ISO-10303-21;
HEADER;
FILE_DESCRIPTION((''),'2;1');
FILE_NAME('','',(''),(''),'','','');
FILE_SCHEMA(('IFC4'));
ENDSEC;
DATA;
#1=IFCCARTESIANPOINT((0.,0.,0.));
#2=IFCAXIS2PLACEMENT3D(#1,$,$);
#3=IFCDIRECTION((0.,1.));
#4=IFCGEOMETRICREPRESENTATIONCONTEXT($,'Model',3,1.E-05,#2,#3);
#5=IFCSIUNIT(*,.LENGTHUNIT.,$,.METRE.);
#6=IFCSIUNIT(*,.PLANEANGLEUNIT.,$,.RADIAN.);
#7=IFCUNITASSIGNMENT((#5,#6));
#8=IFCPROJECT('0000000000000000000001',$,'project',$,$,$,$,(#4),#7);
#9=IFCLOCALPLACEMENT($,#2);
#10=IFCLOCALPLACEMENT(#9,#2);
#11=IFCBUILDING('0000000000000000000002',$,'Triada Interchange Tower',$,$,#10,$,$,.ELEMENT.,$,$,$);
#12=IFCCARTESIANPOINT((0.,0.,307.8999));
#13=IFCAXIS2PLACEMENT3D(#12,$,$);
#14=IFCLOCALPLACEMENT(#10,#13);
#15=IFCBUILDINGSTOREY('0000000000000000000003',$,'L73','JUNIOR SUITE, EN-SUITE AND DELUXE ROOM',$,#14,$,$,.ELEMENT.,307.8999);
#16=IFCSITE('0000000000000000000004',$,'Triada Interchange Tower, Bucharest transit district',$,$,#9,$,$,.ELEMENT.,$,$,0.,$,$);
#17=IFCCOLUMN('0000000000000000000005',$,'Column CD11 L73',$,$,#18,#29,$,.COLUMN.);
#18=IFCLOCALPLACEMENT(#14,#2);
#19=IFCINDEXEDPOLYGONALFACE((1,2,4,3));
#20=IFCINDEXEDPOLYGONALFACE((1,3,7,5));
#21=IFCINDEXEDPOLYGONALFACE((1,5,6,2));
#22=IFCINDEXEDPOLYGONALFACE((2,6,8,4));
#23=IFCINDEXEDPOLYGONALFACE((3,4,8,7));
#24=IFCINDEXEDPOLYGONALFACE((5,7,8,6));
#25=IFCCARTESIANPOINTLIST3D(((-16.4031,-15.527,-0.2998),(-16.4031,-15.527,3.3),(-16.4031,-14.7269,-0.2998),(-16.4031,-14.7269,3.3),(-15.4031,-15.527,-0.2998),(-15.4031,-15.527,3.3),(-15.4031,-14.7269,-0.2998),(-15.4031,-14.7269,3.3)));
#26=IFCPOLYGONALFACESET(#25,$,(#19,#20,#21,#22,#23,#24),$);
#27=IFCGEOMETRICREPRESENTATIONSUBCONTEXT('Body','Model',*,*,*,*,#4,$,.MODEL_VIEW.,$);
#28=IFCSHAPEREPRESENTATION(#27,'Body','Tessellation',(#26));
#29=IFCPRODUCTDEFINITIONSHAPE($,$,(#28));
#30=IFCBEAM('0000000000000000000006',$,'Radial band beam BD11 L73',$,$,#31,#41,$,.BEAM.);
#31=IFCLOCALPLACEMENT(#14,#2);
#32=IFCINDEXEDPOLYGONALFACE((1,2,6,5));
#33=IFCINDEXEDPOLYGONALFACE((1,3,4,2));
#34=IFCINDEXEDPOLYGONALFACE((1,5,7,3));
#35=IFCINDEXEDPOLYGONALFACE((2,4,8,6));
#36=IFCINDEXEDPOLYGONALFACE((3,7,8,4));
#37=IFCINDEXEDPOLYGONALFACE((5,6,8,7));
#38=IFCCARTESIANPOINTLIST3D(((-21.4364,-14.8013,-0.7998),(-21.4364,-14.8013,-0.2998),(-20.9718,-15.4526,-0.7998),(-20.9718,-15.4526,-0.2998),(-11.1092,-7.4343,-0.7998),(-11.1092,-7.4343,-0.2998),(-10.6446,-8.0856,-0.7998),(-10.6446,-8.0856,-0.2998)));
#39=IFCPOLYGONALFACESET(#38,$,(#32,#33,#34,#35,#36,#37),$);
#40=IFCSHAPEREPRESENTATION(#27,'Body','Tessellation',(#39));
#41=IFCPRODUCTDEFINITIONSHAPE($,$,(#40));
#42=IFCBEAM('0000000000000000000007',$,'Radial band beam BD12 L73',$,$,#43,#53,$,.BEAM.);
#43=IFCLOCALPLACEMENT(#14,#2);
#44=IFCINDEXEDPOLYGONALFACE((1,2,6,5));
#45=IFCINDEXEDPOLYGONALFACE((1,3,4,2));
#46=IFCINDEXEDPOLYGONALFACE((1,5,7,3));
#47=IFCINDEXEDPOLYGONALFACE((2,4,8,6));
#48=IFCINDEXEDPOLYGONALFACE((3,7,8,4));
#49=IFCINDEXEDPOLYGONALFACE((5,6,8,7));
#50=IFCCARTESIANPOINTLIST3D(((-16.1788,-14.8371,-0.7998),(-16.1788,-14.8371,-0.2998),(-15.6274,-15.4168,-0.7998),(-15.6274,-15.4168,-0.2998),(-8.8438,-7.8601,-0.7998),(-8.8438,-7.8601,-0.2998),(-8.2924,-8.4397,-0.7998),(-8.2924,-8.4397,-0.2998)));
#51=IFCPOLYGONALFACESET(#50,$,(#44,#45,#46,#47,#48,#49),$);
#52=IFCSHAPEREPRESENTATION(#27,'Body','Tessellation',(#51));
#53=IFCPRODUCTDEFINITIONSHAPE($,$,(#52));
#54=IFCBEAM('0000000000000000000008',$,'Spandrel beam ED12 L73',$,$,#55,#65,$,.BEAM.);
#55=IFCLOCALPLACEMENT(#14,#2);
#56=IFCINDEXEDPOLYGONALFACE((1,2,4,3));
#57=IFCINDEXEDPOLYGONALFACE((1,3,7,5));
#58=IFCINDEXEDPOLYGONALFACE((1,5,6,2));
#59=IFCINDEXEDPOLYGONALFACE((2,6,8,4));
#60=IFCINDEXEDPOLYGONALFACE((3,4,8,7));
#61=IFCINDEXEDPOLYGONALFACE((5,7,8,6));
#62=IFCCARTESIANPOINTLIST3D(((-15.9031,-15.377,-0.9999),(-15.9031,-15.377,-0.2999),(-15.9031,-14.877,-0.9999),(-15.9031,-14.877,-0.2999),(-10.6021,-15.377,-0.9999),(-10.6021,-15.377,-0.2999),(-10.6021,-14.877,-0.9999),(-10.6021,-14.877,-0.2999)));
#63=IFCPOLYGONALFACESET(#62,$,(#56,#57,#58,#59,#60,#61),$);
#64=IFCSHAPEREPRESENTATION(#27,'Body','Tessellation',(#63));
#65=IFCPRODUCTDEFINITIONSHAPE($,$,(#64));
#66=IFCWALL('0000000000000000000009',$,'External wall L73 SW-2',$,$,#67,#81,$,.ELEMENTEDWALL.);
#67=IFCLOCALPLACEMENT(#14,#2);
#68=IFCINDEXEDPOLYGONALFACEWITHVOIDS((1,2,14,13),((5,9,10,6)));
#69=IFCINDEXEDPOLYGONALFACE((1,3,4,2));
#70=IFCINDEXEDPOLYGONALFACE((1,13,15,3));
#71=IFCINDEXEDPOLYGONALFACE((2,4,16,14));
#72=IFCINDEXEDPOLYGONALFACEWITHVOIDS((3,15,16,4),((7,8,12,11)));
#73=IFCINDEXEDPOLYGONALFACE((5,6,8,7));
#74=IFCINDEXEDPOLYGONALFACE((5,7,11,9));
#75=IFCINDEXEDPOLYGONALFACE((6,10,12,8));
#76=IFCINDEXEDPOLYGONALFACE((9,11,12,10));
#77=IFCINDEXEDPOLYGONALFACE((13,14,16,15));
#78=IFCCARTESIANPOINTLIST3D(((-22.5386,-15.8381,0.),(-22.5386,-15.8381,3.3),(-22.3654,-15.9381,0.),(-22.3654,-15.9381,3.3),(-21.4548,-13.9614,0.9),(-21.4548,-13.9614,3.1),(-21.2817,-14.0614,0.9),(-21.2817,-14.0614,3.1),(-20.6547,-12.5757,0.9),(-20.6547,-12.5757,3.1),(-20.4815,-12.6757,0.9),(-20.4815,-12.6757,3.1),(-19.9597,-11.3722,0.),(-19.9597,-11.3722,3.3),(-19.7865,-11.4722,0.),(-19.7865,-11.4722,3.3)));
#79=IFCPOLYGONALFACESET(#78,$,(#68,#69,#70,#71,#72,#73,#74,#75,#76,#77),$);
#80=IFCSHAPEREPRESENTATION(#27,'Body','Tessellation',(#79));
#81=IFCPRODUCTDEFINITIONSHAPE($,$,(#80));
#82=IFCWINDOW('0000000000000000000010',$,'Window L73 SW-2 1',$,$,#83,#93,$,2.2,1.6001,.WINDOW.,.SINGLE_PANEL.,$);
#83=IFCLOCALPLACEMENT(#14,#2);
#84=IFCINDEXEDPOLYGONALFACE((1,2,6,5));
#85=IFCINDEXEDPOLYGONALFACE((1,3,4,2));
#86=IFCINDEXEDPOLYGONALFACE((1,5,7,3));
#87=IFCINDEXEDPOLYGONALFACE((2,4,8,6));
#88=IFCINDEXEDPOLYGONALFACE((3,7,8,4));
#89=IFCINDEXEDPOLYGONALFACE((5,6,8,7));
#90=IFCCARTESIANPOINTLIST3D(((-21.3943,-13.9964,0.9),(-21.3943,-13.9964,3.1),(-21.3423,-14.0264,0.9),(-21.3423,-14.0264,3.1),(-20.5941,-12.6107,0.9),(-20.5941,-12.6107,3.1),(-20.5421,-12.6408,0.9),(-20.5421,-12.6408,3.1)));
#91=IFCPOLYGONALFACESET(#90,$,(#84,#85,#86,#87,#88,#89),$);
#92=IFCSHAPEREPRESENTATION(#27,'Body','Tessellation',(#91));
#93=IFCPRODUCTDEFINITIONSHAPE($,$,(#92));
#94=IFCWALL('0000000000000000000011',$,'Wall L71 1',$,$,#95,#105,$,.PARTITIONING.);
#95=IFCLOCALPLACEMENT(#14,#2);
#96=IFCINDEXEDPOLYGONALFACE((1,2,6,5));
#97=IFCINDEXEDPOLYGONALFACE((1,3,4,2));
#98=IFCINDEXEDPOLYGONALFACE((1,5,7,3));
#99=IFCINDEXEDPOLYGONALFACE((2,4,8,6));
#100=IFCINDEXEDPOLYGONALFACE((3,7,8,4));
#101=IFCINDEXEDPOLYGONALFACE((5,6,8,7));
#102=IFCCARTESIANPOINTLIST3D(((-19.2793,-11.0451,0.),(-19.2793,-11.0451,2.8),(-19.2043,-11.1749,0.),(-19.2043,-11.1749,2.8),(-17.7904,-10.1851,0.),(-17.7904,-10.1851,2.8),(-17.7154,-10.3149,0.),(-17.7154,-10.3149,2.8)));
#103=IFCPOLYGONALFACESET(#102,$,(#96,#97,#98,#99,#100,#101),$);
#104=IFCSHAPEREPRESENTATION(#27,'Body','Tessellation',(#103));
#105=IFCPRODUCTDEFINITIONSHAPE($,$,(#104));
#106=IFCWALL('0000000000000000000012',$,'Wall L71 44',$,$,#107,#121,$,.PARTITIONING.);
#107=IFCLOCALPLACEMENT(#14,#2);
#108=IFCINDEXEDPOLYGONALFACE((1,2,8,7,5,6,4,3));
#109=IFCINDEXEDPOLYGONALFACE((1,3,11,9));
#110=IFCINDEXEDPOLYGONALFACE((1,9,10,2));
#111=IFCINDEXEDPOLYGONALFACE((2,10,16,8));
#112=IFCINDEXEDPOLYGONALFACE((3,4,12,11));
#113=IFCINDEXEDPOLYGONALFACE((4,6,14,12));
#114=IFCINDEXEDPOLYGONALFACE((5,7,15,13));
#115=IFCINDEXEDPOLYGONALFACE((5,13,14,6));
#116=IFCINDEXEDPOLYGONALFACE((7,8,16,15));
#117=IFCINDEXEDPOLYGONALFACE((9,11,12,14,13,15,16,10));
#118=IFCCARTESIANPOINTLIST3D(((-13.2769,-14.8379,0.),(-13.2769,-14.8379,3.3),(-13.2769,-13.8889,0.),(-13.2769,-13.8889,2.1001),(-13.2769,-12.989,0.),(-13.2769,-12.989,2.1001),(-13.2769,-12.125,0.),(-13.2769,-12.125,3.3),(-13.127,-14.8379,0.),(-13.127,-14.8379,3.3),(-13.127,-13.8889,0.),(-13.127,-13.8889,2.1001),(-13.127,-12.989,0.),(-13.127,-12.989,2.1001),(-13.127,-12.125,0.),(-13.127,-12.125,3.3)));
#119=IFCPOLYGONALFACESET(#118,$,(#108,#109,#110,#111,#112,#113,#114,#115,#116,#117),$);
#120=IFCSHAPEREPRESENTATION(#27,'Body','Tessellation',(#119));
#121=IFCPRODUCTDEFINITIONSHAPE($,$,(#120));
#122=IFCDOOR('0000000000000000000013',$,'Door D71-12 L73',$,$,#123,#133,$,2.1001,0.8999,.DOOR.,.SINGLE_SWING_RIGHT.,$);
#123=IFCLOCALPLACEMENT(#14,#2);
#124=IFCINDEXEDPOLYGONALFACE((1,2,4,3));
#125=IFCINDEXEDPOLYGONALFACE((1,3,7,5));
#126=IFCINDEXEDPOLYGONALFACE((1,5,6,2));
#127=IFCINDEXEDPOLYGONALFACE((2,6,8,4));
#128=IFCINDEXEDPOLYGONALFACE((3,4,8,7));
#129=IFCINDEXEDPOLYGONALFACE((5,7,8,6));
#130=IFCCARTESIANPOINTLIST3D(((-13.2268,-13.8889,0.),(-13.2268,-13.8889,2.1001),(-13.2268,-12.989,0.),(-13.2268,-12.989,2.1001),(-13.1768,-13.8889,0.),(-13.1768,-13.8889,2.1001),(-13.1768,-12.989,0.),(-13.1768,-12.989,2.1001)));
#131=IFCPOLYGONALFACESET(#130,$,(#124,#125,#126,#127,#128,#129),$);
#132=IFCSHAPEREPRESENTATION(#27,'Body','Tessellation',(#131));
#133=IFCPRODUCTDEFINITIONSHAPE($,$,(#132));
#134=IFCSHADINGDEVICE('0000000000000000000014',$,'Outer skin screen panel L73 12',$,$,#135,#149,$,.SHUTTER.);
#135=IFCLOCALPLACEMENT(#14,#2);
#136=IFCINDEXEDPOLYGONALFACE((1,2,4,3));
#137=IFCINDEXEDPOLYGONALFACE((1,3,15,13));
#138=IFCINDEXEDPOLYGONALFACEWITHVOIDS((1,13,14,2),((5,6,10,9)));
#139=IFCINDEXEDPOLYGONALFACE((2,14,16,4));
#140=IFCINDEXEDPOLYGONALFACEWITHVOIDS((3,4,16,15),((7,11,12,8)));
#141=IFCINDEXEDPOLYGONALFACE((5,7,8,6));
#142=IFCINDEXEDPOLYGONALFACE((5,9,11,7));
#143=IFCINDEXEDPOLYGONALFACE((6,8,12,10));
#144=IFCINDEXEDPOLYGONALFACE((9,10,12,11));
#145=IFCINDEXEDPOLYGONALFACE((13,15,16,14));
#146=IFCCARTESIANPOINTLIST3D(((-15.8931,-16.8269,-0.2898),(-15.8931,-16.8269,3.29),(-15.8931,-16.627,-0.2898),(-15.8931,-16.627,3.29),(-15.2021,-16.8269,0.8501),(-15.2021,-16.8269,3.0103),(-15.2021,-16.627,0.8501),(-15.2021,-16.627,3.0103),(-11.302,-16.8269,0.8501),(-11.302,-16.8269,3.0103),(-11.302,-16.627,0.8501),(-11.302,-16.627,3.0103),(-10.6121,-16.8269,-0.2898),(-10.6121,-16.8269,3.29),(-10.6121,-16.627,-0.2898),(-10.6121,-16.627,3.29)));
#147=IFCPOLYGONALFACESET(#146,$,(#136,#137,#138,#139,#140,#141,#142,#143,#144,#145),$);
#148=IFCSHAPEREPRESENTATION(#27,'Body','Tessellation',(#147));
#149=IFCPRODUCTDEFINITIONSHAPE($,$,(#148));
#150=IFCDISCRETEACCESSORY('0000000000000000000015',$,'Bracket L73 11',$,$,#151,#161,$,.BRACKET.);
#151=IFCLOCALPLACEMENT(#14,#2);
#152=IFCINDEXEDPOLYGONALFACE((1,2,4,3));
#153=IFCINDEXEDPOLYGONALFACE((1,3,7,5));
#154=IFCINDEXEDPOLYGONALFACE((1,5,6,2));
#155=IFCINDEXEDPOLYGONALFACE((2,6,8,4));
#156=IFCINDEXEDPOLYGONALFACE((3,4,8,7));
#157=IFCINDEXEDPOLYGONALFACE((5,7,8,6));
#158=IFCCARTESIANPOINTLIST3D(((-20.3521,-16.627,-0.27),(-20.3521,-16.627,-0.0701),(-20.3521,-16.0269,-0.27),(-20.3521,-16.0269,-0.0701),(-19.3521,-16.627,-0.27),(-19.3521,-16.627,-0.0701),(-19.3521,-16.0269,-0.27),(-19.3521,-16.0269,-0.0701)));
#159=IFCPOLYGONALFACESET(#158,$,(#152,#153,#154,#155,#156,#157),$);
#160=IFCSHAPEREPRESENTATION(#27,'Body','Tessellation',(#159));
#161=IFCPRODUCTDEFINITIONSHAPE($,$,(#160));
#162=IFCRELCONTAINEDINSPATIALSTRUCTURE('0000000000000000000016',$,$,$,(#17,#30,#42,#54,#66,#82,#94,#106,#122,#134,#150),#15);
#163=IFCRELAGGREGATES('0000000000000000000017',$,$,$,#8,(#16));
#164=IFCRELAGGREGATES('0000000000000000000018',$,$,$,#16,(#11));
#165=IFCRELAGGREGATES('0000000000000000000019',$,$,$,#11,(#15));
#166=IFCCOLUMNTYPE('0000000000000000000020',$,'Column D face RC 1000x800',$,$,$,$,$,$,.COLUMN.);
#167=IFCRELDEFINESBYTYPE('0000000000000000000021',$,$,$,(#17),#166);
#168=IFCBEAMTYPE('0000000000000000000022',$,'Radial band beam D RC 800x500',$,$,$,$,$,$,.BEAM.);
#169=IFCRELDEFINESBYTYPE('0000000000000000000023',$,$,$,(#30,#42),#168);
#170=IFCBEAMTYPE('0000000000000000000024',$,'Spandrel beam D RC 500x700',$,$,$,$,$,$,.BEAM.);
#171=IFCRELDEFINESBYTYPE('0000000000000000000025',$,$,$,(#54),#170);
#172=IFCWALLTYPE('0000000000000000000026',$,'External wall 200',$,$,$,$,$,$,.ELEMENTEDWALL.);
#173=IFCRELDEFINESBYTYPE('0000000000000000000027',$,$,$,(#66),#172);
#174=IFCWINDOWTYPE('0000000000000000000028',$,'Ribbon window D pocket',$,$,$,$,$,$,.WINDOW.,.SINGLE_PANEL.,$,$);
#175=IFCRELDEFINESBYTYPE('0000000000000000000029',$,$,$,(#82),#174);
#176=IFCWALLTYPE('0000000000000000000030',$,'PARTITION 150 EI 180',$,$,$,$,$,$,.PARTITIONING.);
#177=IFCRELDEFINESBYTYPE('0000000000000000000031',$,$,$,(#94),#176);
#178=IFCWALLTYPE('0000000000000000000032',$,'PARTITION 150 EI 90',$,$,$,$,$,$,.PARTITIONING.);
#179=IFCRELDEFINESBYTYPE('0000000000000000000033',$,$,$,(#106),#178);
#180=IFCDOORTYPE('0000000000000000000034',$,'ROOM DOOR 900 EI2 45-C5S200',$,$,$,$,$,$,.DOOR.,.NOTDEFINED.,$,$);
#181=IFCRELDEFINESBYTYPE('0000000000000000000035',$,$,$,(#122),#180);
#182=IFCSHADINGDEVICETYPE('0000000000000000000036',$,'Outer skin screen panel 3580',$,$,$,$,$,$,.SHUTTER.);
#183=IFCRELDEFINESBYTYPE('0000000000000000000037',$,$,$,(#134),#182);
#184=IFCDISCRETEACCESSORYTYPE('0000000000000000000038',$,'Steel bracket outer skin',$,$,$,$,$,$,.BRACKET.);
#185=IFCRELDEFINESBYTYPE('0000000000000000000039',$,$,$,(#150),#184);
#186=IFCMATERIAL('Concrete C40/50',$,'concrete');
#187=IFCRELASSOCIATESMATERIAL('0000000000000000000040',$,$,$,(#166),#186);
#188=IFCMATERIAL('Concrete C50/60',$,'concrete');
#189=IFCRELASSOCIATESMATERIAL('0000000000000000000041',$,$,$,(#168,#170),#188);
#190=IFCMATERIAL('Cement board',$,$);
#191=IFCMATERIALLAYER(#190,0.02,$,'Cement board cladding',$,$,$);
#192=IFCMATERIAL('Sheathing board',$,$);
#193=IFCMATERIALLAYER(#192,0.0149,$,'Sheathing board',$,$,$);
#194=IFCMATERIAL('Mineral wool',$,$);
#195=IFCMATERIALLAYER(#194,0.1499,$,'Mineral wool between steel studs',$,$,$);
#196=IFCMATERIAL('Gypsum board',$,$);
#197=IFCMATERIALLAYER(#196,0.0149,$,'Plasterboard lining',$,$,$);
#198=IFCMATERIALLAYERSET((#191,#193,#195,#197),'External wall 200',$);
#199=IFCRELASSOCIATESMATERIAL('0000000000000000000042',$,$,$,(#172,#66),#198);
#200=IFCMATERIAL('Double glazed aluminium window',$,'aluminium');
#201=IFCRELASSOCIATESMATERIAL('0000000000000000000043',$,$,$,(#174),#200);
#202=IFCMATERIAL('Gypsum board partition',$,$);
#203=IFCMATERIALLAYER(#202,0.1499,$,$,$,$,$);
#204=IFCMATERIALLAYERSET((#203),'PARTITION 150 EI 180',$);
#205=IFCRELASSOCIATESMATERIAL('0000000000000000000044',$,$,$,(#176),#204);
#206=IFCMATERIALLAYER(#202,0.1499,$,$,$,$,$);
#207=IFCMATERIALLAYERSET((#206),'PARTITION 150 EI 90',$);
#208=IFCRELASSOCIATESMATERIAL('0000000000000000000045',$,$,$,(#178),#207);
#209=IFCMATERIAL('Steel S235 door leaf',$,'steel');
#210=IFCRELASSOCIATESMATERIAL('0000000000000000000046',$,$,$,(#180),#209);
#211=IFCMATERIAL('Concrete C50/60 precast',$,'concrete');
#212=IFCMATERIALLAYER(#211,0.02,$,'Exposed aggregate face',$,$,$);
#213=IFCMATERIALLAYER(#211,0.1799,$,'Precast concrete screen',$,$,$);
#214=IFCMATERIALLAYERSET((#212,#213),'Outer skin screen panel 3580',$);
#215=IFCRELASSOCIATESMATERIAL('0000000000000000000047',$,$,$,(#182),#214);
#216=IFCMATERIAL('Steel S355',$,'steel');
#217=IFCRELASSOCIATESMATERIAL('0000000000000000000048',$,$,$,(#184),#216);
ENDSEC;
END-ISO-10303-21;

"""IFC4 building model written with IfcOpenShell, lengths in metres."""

from ifc_helpers import new_model, si_unit, direction, frame, frame_2d, origin, origin_2d, place, context, subcontext, project, spatial, polyline, rectangle, outline, extrude, material, layer, layer_set, layer_usage, material_profile, profile_set, type_object, element, fill, save


model = new_model("IFC4")

# Units and contexts
model_context = context("Model", 3, precision=1e-05, world=origin(), true_north=direction((0.0, 1.0)))
body_context = subcontext(model_context, "Body", "Model", "MODEL_VIEW")
ifc_project = project(units=[si_unit("LENGTHUNIT", "METRE"), si_unit("PLANEANGLEUNIT", "RADIAN")], contexts=[model_context])

# Site, building, storey
site_placement = place(None, origin())
site = spatial("IfcSite", under=ifc_project, at=site_placement, Name="Triada Interchange Tower, Bucharest transit district", CompositionType="ELEMENT", RefElevation=0.0)
building_placement = place(site_placement, origin())
building = spatial("IfcBuilding", under=site, at=building_placement, Name="Triada Interchange Tower", CompositionType="ELEMENT")
storey_placement = place(building_placement, frame((0.0, 0.0, 307.8999)))
storey = spatial("IfcBuildingStorey", under=building, at=storey_placement, Name="L73", Description="JUNIOR SUITE, EN-SUITE AND DELUXE ROOM", CompositionType="ELEMENT", Elevation=307.8999)

# Column
ifc_material_1 = material(Name="Concrete C40/50", Category="concrete")
ifc_material_profile_1 = material_profile(ifc_material_1, rectangle(XDim=1.0, YDim=0.8, at=origin_2d()), Name="RC 1000x800")
ifc_profile_set_1 = profile_set([ifc_material_profile_1], Name="Concrete C40/50")
column_type = type_object("IfcColumnType", Name="Column D face RC 1000x800", PredefinedType="COLUMN", material=ifc_profile_set_1)
column_placement = place(storey_placement, frame((-15.9031, -15.127, -0.2998), z_axis=(0.0, 0.0, 1.0), x_axis=(1.0, 0.0, 0.0)))
element("IfcColumn", 1, at=column_placement, inside=storey, type_object=column_type, Name="Column CD11 L73", PredefinedType="COLUMN", context=body_context, shape_type="SweptSolid", body=[
    extrude(rectangle(XDim=1.0, YDim=0.8, at=origin_2d()), origin(), (0.0, 0.0, 1.0), 3.5999),
])

# Beams
ifc_material_2 = material(Name="Concrete C50/60", Category="concrete")
ifc_material_profile_2 = material_profile(ifc_material_2, rectangle(XDim=0.8, YDim=0.5, at=origin_2d()), Name="RC 800x500")
ifc_profile_set_2 = profile_set([ifc_material_profile_2], Name="Concrete C50/60")
beam_type_1 = type_object("IfcBeamType", Name="Radial band beam D RC 800x500", PredefinedType="BEAM", material=ifc_profile_set_2)
beam_1_placement = place(storey_placement, frame((-21.2041, -15.127, -0.5498), z_axis=(0.814091, 0.580737, 0.0), x_axis=(-0.580737, 0.814091, 0.0)))
element("IfcBeam", 2, at=beam_1_placement, inside=storey, type_object=beam_type_1, Name="Radial band beam BD11 L73", PredefinedType="BEAM", context=body_context, shape_type="SweptSolid", body=[
    extrude(rectangle(XDim=0.8, YDim=0.5, at=origin_2d()), origin(), (0.0, 0.0, 1.0), 12.6855),
])
beam_2_placement = place(storey_placement, frame((-15.9031, -15.127, -0.5498), z_axis=(0.724563, 0.689208, 0.0), x_axis=(-0.689208, 0.724563, 0.0)))
element("IfcBeam", 3, at=beam_2_placement, inside=storey, type_object=beam_type_1, Name="Radial band beam BD12 L73", PredefinedType="BEAM", context=body_context, shape_type="SweptSolid", body=[
    extrude(rectangle(XDim=0.8, YDim=0.5, at=origin_2d()), origin(), (0.0, 0.0, 1.0), 10.1233),
])
ifc_material_profile_3 = material_profile(ifc_material_2, rectangle(XDim=0.5, YDim=0.7, at=origin_2d()), Name="RC 500x700")
ifc_profile_set_3 = profile_set([ifc_material_profile_3], Name="Concrete C50/60")
beam_type_2 = type_object("IfcBeamType", Name="Spandrel beam D RC 500x700", PredefinedType="BEAM", material=ifc_profile_set_3)
beam_3_placement = place(storey_placement, frame((-15.9031, -15.127, -0.6499), z_axis=(1.0, 0.0, 0.0), x_axis=(0.0, 1.0, 0.0)))
element("IfcBeam", 4, at=beam_3_placement, inside=storey, type_object=beam_type_2, Name="Spandrel beam ED12 L73", PredefinedType="BEAM", context=body_context, shape_type="SweptSolid", body=[
    extrude(rectangle(XDim=0.5, YDim=0.7, at=origin_2d()), origin(), (0.0, 0.0, 1.0), 5.301),
])

# Wall, opening, window
ifc_material_3 = material(Name="Cement board")
ifc_layer_1 = layer(ifc_material_3, 0.02, Name="Cement board cladding")
ifc_material_4 = material(Name="Sheathing board")
ifc_layer_2 = layer(ifc_material_4, 0.0149, Name="Sheathing board")
ifc_material_5 = material(Name="Mineral wool")
ifc_layer_3 = layer(ifc_material_5, 0.1499, Name="Mineral wool between steel studs")
ifc_material_6 = material(Name="Gypsum board")
ifc_layer_4 = layer(ifc_material_6, 0.0149, Name="Plasterboard lining")
ifc_layer_set_1 = layer_set([ifc_layer_1, ifc_layer_2, ifc_layer_3, ifc_layer_4], Name="External wall 200")
ifc_layer_usage = layer_usage(ifc_layer_set_1, "AXIS2", "POSITIVE", -0.1001)
wall_type_1 = type_object("IfcWallType", Name="External wall 200", PredefinedType="ELEMENTEDWALL", material=ifc_layer_set_1)
wall_1_placement = place(storey_placement, frame((-19.873, -11.4221, 0.0), z_axis=(0.0, 0.0, 1.0), x_axis=(-0.500075, -0.865982, 0.0)))
wall_1 = element("IfcWall", 5, at=wall_1_placement, inside=storey, type_object=wall_type_1, material=ifc_layer_usage, Name="External wall L73 SW-2", PredefinedType="ELEMENTEDWALL", context=body_context, shape_type="SweptSolid", body=[
    extrude(rectangle(XDim=5.157, YDim=0.2, at=frame_2d((2.5786, 0.0))), origin(), (0.0, 0.0, 1.0), 3.3),
])
opening_1_placement = place(wall_1_placement, frame((1.3899, 0.0, 0.8999)))
opening_1 = element("IfcOpeningElement", 6, at=opening_1_placement, cuts=wall_1, PredefinedType="OPENING", context=body_context, shape_type="SweptSolid", body=[
    extrude(rectangle(XDim=1.6001, YDim=2.2, at=frame_2d((0.8, 1.1001))), frame((0.0, 0.1099, 0.0), z_axis=(0.0, -1.0, 0.0), x_axis=(1.0, 0.0, 0.0)), (0.0, 0.0, 1.0), 0.22),
])
ifc_material_7 = material(Name="Double glazed aluminium window", Category="aluminium")
window_type = type_object("IfcWindowType", Name="Ribbon window D pocket", PartitioningType="SINGLE_PANEL", PredefinedType="WINDOW", material=ifc_material_7)
window_placement = place(opening_1_placement, origin())
window = element("IfcWindow", 7, at=window_placement, inside=storey, type_object=window_type, Name="Window L73 SW-2 1", OverallHeight=2.2, OverallWidth=1.6001, PartitioningType="SINGLE_PANEL", PredefinedType="WINDOW", context=body_context, shape_type="SweptSolid", body=[
    extrude(rectangle(XDim=1.6001, YDim=2.2, at=frame_2d((0.8, 1.1001))), frame((0.0, 0.03, 0.0), z_axis=(0.0, -1.0, 0.0), x_axis=(1.0, 0.0, 0.0)), (0.0, 0.0, 1.0), 0.0601),
])
fill(opening_1, window)

# Wall
ifc_material_8 = material(Name="Gypsum board partition")
ifc_layer_5 = layer(ifc_material_8, 0.1499)
ifc_layer_set_2 = layer_set([ifc_layer_5], Name="PARTITION 150 EI 180")
wall_type_2 = type_object("IfcWallType", Name="PARTITION 150 EI 180", PredefinedType="PARTITIONING", material=ifc_layer_set_2)
wall_2_placement = place(storey_placement, frame((-19.2419, -11.1101, 0.0), z_axis=(0.0, 0.0, 1.0), x_axis=(0.865918, 0.500185, 0.0)))
element("IfcWall", 8, at=wall_2_placement, inside=storey, type_object=wall_type_2, Name="Wall L71 1", PredefinedType="PARTITIONING", context=body_context, shape_type="SweptSolid", body=[
    extrude(rectangle(XDim=1.7195, YDim=0.1499, at=frame_2d((0.8599, 0.0))), origin(), (0.0, 0.0, 1.0), 2.8),
])

# Wall, opening, door
ifc_layer_6 = layer(ifc_material_8, 0.1499)
ifc_layer_set_3 = layer_set([ifc_layer_6], Name="PARTITION 150 EI 90")
wall_type_3 = type_object("IfcWallType", Name="PARTITION 150 EI 90", PredefinedType="PARTITIONING", material=ifc_layer_set_3)
wall_3_placement = place(storey_placement, frame((-13.2019, -14.8379, 0.0), z_axis=(0.0, 0.0, 1.0), x_axis=(0.0, 1.0, 0.0)))
wall_3 = element("IfcWall", 9, at=wall_3_placement, inside=storey, type_object=wall_type_3, Name="Wall L71 44", PredefinedType="PARTITIONING", context=body_context, shape_type="SweptSolid", body=[
    extrude(rectangle(XDim=2.7129, YDim=0.1499, at=frame_2d((1.3564, 0.0))), origin(), (0.0, 0.0, 1.0), 3.3),
])
opening_2_placement = place(wall_3_placement, frame((0.949, 0.0, 0.0)))
opening_2 = element("IfcOpeningElement", 10, at=opening_2_placement, cuts=wall_3, PredefinedType="OPENING", context=body_context, shape_type="SweptSolid", body=[
    extrude(rectangle(XDim=0.8999, YDim=2.1001, at=frame_2d((0.45, 1.05))), frame((0.0, 0.085, 0.0), z_axis=(0.0, -1.0, 0.0), x_axis=(1.0, 0.0, 0.0)), (0.0, 0.0, 1.0), 0.1699),
])
ifc_material_9 = material(Name="Steel S235 door leaf", Category="steel")
door_type = type_object("IfcDoorType", Name="ROOM DOOR 900 EI2 45-C5S200", OperationType="NOTDEFINED", PredefinedType="DOOR", material=ifc_material_9)
door_placement = place(opening_2_placement, origin())
door = element("IfcDoor", 11, at=door_placement, inside=storey, type_object=door_type, Name="Door D71-12 L73", OperationType="SINGLE_SWING_RIGHT", OverallHeight=2.1001, OverallWidth=0.8999, PredefinedType="DOOR", context=body_context, shape_type="SweptSolid", body=[
    extrude(rectangle(XDim=0.8999, YDim=2.1001, at=frame_2d((0.45, 1.05))), frame((0.0, 0.0249, 0.0), z_axis=(0.0, -1.0, 0.0), x_axis=(1.0, 0.0, 0.0)), (0.0, 0.0, 1.0), 0.05),
])
fill(opening_2, door)

# Shading device
ifc_material_10 = material(Name="Concrete C50/60 precast", Category="concrete")
ifc_layer_7 = layer(ifc_material_10, 0.02, Name="Exposed aggregate face")
ifc_layer_8 = layer(ifc_material_10, 0.1799, Name="Precast concrete screen")
ifc_layer_set_4 = layer_set([ifc_layer_7, ifc_layer_8], Name="Outer skin screen panel 3580")
shading_device_type = type_object("IfcShadingDeviceType", Name="Outer skin screen panel 3580", PredefinedType="SHUTTER", material=ifc_layer_set_4)
shading_device_placement = place(storey_placement, frame((-15.8931, -16.627, -0.2898), z_axis=(0.0, 0.0, 1.0), x_axis=(1.0, 0.0, 0.0)))
element("IfcShadingDevice", 12, at=shading_device_placement, inside=storey, type_object=shading_device_type, Name="Outer skin screen panel L73 12", PredefinedType="SHUTTER", context=body_context, shape_type="SweptSolid", body=[
    extrude(outline(polyline([(0.0, 0.0), (5.281, 0.0), (5.281, 3.5798), (0.0, 3.5798), (0.0, 0.0)]), holes=[polyline([(0.6909, 1.1399), (0.6909, 3.3), (4.5911, 3.3), (4.5911, 1.1399), (0.6909, 1.1399)])]), frame((0.0, 0.0, 0.0), z_axis=(0.0, -1.0, 0.0), x_axis=(1.0, 0.0, 0.0)), (0.0, 0.0, 1.0), 0.2),
])

# Discrete accessory
ifc_material_11 = material(Name="Steel S355", Category="steel")
discrete_accessory_type = type_object("IfcDiscreteAccessoryType", Name="Steel bracket outer skin", PredefinedType="BRACKET", material=ifc_material_11)
for number, where, z_axis, x_axis, name in (
    (13, (-19.8521, -16.3269, -0.27), (0.0, 0.0, 1.0), (0.0, -1.0, 0.0), "Bracket L73 11"),
):
    element("IfcDiscreteAccessory", number, at=place(storey_placement, frame(where, z_axis=z_axis, x_axis=x_axis)), inside=storey, type_object=discrete_accessory_type, Name=name, PredefinedType="BRACKET", context=body_context, shape_type="SweptSolid", body=[
        extrude(rectangle(XDim=0.6001, YDim=1.0, at=origin_2d()), origin(), (0.0, 0.0, 1.0), 0.2),
    ])

save(model, "model.ifc")
